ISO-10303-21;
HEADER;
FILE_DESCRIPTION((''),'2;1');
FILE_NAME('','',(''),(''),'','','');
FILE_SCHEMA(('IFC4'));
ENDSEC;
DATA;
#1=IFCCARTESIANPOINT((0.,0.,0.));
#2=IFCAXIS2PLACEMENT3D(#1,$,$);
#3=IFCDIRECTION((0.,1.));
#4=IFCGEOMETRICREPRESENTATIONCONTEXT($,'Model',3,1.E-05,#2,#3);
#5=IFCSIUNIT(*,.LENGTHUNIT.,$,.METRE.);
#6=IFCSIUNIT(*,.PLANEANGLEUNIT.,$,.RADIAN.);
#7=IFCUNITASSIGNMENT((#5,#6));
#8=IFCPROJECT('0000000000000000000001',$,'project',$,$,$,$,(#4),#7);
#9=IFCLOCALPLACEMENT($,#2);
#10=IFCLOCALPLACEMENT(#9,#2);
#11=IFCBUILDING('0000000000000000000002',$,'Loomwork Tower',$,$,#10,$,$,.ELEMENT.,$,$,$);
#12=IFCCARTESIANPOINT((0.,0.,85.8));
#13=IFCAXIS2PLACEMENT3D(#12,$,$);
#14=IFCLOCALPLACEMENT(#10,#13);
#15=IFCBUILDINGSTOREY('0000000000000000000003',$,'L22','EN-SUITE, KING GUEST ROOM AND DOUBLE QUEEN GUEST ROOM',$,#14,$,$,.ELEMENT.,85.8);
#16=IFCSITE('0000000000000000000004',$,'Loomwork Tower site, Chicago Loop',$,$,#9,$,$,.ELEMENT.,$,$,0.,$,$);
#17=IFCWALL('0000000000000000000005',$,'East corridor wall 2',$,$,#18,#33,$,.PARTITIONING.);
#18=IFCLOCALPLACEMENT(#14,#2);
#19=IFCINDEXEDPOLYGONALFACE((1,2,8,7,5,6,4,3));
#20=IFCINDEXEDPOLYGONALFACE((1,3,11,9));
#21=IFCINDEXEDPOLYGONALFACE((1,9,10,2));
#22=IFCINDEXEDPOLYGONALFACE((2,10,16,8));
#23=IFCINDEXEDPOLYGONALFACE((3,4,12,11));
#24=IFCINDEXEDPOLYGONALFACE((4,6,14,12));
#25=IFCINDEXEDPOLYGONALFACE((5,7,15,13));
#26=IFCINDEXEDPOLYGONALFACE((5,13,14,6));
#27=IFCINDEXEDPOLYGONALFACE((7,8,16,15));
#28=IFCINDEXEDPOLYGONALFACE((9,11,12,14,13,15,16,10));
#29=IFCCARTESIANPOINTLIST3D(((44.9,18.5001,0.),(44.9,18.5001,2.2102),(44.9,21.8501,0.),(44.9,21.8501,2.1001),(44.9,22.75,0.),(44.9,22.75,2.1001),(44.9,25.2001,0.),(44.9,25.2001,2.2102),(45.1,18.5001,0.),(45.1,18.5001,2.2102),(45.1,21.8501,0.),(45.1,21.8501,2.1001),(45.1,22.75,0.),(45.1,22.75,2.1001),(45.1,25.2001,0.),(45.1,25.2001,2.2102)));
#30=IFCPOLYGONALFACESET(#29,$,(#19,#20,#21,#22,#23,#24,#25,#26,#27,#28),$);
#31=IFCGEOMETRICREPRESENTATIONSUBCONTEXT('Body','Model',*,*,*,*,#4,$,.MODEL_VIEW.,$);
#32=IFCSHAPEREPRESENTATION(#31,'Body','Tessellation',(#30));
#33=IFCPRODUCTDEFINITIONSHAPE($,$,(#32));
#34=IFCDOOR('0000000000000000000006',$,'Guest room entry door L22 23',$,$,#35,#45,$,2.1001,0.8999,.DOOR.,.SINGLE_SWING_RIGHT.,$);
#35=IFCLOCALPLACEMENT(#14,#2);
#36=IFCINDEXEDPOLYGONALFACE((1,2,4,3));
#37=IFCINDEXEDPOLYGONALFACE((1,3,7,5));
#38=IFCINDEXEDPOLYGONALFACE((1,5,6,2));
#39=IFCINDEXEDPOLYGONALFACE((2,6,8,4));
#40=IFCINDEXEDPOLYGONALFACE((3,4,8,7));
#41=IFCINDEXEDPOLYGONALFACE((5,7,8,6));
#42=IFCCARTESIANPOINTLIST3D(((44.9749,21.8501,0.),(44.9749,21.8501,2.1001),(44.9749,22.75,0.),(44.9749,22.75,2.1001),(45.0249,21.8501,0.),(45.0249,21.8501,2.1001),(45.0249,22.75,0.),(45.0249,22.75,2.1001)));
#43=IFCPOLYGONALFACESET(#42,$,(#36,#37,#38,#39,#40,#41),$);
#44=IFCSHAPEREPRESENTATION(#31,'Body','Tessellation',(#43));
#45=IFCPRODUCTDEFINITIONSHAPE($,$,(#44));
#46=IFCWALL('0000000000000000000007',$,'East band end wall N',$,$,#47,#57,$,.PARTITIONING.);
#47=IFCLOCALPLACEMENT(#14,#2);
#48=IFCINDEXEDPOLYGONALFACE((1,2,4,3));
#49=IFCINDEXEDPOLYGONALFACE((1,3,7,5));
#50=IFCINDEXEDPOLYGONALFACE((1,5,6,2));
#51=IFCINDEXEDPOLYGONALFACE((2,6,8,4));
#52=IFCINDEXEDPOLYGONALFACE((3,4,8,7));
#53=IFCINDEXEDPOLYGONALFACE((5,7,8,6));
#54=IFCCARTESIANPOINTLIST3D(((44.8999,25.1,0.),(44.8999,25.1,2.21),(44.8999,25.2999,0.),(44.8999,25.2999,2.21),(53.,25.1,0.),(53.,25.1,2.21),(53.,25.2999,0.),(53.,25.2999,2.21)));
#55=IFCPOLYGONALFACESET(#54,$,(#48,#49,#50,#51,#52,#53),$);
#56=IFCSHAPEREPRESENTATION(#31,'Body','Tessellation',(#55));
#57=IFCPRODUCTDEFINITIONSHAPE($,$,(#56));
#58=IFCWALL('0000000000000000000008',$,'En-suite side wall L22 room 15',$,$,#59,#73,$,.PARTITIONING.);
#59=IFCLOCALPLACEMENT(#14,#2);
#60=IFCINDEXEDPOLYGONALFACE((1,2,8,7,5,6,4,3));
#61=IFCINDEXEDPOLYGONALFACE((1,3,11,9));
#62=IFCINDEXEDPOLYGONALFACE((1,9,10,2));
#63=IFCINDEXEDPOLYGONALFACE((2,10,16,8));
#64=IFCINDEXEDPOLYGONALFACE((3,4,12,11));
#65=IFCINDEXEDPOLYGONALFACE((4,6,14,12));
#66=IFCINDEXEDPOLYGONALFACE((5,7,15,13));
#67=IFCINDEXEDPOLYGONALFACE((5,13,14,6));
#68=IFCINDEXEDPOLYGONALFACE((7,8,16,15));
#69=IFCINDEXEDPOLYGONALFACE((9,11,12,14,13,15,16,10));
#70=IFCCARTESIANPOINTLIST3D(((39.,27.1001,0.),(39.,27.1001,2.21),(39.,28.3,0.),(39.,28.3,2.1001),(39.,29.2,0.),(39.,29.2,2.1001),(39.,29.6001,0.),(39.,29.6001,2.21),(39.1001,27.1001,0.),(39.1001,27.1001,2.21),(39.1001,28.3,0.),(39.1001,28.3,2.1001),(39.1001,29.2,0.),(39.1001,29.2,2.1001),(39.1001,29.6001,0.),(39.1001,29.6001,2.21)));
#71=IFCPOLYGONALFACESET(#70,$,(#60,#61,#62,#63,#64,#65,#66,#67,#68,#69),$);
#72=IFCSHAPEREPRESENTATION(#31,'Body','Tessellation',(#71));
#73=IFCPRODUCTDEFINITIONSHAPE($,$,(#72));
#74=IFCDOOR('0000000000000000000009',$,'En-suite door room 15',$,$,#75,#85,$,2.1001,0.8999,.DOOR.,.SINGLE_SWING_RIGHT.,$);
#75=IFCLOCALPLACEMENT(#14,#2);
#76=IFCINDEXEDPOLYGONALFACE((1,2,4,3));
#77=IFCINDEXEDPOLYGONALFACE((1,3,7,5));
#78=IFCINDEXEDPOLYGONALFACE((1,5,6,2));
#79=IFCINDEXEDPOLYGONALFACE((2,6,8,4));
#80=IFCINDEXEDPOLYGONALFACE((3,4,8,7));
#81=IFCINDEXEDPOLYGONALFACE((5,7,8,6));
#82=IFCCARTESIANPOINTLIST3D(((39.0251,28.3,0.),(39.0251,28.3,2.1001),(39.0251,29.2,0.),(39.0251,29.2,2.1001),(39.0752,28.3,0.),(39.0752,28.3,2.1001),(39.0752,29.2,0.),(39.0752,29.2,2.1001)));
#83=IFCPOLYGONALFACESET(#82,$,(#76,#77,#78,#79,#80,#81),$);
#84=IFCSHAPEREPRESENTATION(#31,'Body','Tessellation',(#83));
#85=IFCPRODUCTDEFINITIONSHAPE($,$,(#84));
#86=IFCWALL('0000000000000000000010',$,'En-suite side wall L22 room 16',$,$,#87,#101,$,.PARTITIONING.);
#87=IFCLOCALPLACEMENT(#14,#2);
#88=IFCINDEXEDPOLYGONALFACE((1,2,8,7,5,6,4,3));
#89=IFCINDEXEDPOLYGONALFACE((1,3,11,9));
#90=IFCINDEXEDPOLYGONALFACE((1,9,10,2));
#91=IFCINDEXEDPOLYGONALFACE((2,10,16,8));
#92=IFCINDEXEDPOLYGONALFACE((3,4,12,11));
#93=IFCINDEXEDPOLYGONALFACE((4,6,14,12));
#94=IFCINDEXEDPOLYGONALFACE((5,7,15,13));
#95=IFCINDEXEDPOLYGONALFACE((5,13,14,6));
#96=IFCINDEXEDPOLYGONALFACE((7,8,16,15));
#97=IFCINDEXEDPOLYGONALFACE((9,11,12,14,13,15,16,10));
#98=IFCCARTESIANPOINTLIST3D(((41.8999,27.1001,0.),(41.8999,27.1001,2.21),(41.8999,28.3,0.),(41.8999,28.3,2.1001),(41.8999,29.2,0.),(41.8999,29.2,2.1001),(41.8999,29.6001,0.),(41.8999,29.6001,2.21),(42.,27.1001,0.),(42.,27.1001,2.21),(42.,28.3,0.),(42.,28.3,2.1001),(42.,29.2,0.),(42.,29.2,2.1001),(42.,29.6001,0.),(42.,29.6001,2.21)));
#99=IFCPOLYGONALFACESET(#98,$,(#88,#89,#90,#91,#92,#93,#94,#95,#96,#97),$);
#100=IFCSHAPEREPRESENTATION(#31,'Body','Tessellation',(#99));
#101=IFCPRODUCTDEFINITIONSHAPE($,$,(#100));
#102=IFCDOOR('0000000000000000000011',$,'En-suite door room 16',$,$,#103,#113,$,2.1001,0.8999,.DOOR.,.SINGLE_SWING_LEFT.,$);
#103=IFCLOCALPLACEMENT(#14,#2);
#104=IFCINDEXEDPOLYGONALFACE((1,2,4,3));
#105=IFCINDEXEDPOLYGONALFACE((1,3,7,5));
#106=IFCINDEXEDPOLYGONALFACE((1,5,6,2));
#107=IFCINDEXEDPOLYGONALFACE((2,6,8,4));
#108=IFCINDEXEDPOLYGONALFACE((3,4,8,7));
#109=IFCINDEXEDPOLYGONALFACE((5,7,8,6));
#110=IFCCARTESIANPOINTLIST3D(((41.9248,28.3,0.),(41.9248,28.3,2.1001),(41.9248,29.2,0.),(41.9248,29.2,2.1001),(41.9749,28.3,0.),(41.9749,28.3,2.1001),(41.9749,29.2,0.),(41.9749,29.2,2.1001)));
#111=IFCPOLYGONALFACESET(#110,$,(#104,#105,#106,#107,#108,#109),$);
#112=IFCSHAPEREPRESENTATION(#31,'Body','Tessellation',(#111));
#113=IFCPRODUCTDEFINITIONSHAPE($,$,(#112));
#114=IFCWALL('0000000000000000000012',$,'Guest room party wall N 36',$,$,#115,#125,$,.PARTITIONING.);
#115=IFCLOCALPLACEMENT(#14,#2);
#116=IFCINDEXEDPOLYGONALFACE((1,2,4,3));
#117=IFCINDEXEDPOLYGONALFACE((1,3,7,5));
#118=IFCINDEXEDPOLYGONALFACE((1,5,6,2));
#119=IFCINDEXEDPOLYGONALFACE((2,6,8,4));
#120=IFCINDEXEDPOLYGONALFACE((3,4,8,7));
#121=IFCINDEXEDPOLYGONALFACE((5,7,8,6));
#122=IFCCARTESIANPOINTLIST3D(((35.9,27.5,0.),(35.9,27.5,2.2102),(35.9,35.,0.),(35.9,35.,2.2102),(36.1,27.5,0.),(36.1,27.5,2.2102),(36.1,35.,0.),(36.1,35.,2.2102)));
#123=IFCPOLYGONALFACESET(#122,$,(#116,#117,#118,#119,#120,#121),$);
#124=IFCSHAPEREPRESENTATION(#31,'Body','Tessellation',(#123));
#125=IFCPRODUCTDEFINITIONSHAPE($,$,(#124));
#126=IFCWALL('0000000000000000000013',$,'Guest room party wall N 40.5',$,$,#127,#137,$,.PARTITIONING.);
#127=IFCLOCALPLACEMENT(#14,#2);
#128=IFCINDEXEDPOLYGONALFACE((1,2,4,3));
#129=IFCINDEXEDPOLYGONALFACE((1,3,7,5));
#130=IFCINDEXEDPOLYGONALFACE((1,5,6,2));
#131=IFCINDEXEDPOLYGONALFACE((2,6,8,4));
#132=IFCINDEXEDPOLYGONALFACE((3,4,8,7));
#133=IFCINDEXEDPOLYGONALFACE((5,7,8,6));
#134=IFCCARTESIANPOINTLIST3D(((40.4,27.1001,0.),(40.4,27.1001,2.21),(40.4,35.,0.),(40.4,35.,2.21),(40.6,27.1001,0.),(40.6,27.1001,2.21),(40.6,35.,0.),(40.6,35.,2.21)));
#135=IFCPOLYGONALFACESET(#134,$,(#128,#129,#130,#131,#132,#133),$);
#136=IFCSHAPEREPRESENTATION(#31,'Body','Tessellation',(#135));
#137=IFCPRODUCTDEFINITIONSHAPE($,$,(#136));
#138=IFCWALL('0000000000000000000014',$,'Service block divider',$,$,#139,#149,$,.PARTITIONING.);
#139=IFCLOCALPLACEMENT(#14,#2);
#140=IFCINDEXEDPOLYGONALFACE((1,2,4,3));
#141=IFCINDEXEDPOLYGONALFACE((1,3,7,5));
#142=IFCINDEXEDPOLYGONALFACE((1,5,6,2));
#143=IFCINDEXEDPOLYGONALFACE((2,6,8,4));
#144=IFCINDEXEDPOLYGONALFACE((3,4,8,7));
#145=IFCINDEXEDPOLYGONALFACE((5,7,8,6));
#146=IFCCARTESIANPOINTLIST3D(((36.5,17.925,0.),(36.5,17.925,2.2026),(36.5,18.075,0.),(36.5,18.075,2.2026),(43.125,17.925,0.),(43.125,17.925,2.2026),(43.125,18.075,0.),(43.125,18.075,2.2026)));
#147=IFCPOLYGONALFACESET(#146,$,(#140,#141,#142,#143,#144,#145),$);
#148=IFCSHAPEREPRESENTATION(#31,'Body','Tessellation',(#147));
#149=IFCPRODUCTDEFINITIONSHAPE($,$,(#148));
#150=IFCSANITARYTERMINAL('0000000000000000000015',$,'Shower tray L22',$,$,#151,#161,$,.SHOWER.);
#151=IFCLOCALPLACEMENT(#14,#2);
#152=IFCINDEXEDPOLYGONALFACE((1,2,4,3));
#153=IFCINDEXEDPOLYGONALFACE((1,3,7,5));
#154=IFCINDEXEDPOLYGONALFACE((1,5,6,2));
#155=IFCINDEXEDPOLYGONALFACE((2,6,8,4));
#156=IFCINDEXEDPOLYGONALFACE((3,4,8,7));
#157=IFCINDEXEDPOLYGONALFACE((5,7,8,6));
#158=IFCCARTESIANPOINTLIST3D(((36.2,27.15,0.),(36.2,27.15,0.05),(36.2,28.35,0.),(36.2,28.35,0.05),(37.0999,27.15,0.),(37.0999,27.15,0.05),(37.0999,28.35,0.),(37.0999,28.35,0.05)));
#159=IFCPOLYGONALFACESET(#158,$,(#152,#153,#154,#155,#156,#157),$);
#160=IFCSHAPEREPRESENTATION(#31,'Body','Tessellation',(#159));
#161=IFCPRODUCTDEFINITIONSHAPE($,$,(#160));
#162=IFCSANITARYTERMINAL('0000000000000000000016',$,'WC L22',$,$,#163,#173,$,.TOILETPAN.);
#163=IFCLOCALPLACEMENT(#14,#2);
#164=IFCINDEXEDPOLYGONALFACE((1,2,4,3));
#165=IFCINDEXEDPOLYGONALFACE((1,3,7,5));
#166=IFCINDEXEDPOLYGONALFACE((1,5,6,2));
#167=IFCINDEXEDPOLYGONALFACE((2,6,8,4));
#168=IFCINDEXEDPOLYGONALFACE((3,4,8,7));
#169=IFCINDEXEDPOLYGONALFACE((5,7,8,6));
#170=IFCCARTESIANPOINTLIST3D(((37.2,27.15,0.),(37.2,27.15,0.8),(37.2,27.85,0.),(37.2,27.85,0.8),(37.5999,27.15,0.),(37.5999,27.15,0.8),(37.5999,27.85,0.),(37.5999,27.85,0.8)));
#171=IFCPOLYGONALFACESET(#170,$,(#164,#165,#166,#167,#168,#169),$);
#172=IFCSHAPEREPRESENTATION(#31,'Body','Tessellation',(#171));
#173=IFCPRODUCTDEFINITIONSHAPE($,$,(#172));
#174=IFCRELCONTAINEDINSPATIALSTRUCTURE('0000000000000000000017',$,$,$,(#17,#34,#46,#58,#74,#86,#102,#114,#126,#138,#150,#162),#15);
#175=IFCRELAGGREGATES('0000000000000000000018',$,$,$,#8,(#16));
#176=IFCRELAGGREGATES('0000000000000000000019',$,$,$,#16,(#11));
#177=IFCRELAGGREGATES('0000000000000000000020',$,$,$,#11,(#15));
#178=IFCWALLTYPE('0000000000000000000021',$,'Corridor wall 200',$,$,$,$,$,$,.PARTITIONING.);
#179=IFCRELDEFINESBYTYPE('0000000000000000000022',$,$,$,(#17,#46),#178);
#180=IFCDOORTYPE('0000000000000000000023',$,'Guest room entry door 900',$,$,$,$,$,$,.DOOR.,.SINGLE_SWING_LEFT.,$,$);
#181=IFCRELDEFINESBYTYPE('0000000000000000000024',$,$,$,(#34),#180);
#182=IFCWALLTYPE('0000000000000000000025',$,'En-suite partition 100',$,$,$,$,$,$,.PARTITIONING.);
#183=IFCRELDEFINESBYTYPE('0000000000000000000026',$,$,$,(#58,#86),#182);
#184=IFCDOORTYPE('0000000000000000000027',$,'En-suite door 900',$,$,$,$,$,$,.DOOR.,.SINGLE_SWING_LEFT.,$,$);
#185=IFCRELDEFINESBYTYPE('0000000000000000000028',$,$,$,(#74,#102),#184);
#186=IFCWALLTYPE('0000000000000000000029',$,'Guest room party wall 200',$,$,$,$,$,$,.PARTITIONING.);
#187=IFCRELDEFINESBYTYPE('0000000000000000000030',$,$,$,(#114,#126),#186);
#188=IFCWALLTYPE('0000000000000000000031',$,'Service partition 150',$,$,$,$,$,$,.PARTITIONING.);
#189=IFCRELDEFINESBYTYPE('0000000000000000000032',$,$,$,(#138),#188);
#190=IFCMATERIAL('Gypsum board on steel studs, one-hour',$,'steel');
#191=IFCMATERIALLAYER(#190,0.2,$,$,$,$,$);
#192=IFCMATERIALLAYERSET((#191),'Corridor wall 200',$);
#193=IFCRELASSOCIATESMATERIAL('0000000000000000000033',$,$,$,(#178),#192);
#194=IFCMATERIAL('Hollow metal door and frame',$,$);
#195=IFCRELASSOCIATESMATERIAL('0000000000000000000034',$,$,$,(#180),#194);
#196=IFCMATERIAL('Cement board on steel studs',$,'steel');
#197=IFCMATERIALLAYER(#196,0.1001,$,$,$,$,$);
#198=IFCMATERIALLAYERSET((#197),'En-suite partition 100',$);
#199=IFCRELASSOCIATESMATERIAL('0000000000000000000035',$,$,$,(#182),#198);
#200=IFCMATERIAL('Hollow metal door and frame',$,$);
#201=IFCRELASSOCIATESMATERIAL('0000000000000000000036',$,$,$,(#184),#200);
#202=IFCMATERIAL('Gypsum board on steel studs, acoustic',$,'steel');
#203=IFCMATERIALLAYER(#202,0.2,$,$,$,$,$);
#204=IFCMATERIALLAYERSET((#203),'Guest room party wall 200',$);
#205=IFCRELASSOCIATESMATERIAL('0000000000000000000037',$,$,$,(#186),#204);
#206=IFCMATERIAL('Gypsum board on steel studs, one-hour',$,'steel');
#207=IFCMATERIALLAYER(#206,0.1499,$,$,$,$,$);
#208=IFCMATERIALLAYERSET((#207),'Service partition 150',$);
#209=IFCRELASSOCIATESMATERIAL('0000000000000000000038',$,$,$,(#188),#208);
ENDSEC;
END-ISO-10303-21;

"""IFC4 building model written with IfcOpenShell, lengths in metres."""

from ifc_helpers import new_model, si_unit, direction, frame, frame_2d, origin, origin_2d, place, context, subcontext, project, spatial, rectangle, extrude, material, layer, layer_set, type_object, element, fill, save


model = new_model("IFC4")

# Units and contexts
model_context = context("Model", 3, precision=1e-05, world=origin(), true_north=direction((0.0, 1.0)))
body_context = subcontext(model_context, "Body", "Model", "MODEL_VIEW")
ifc_project = project(units=[si_unit("LENGTHUNIT", "METRE"), si_unit("PLANEANGLEUNIT", "RADIAN")], contexts=[model_context])

# Site, building, storey
site_placement = place(None, origin())
site = spatial("IfcSite", under=ifc_project, at=site_placement, Name="Loomwork Tower site, Chicago Loop", CompositionType="ELEMENT", RefElevation=0.0)
building_placement = place(site_placement, origin())
building = spatial("IfcBuilding", under=site, at=building_placement, Name="Loomwork Tower", CompositionType="ELEMENT")
storey_placement = place(building_placement, frame((0.0, 0.0, 85.8)))
storey = spatial("IfcBuildingStorey", under=building, at=storey_placement, Name="L22", Description="EN-SUITE, KING GUEST ROOM AND DOUBLE QUEEN GUEST ROOM", CompositionType="ELEMENT", Elevation=85.8)

# Shared definitions
ifc_material_1 = material(Name="Gypsum board on steel studs, one-hour", Category="steel")
ifc_layer_1 = layer(ifc_material_1, 0.2)
ifc_layer_set_1 = layer_set([ifc_layer_1], Name="Corridor wall 200")
wall_type_1 = type_object("IfcWallType", Name="Corridor wall 200", PredefinedType="PARTITIONING", material=ifc_layer_set_1)
ifc_material_2 = material(Name="Hollow metal door and frame")
door_type_1 = type_object("IfcDoorType", Name="Guest room entry door 900", OperationType="SINGLE_SWING_LEFT", PredefinedType="DOOR", material=ifc_material_2)

# Wall, opening, door
wall_1_placement = place(storey_placement, frame((45.0, 18.5, 0.0), z_axis=(0.0, 0.0, 1.0), x_axis=(0.0, 1.0, 0.0)))
wall_1 = element("IfcWall", 1, at=wall_1_placement, inside=storey, type_object=wall_type_1, Name="East corridor wall 2", PredefinedType="PARTITIONING", context=body_context, shape_type="SweptSolid", body=[
    extrude(rectangle(XDim=6.7, YDim=0.2, at=frame_2d((3.3501, 0.0))), origin(), (0.0, 0.0, 1.0), 2.2102),
])
opening_1_placement = place(wall_1_placement, frame((3.3501, 0.0, 0.0)))
opening_1 = element("IfcOpeningElement", 2, at=opening_1_placement, cuts=wall_1, PredefinedType="OPENING", context=body_context, shape_type="SweptSolid", body=[
    extrude(rectangle(XDim=0.8999, YDim=2.1001, at=frame_2d((0.45, 1.05))), frame((0.0, 0.1099, 0.0), z_axis=(0.0, -1.0, 0.0), x_axis=(1.0, 0.0, 0.0)), (0.0, 0.0, 1.0), 0.22),
])
door_1_placement = place(opening_1_placement, frame((0.8999, 0.0, 0.0), z_axis=(0.0, 0.0, 1.0), x_axis=(-1.0, 0.0, 0.0)))
door_1 = element("IfcDoor", 3, at=door_1_placement, inside=storey, type_object=door_type_1, Name="Guest room entry door L22 23", OperationType="SINGLE_SWING_RIGHT", OverallHeight=2.1001, OverallWidth=0.8999, PredefinedType="DOOR", context=body_context, shape_type="SweptSolid", body=[
    extrude(rectangle(XDim=0.8999, YDim=2.1001, at=frame_2d((0.45, 1.05))), frame((0.0, 0.0249, 0.0), z_axis=(0.0, -1.0, 0.0), x_axis=(1.0, 0.0, 0.0)), (0.0, 0.0, 1.0), 0.05),
])
fill(opening_1, door_1)

# Wall
wall_2_placement = place(storey_placement, frame((44.8999, 25.2, 0.0), z_axis=(0.0, 0.0, 1.0), x_axis=(1.0, 0.0, 0.0)))
element("IfcWall", 4, at=wall_2_placement, inside=storey, type_object=wall_type_1, Name="East band end wall N", PredefinedType="PARTITIONING", context=body_context, shape_type="SweptSolid", body=[
    extrude(rectangle(XDim=8.1001, YDim=0.2, at=frame_2d((4.05, 0.0))), origin(), (0.0, 0.0, 1.0), 2.21),
])

# Walls, openings, doors
ifc_material_3 = material(Name="Cement board on steel studs", Category="steel")
ifc_layer_2 = layer(ifc_material_3, 0.1001)
ifc_layer_set_2 = layer_set([ifc_layer_2], Name="En-suite partition 100")
wall_type_2 = type_object("IfcWallType", Name="En-suite partition 100", PredefinedType="PARTITIONING", material=ifc_layer_set_2)
wall_3_placement = place(storey_placement, frame((39.05, 27.1001, 0.0), z_axis=(0.0, 0.0, 1.0), x_axis=(0.0, 1.0, 0.0)))
wall_3 = element("IfcWall", 5, at=wall_3_placement, inside=storey, type_object=wall_type_2, Name="En-suite side wall L22 room 15", PredefinedType="PARTITIONING", context=body_context, shape_type="SweptSolid", body=[
    extrude(rectangle(XDim=2.5, YDim=0.1001, at=frame_2d((1.25, 0.0))), origin(), (0.0, 0.0, 1.0), 2.21),
])
opening_2_placement = place(wall_3_placement, frame((1.2, 0.0, 0.0)))
opening_2 = element("IfcOpeningElement", 6, at=opening_2_placement, cuts=wall_3, PredefinedType="OPENING", context=body_context, shape_type="SweptSolid", body=[
    extrude(rectangle(XDim=0.8999, YDim=2.1001, at=frame_2d((0.45, 1.05))), frame((0.0, 0.0601, 0.0), z_axis=(0.0, -1.0, 0.0), x_axis=(1.0, 0.0, 0.0)), (0.0, 0.0, 1.0), 0.1201),
])
ifc_material_4 = material(Name="Hollow metal door and frame")
door_type_2 = type_object("IfcDoorType", Name="En-suite door 900", OperationType="SINGLE_SWING_LEFT", PredefinedType="DOOR", material=ifc_material_4)
door_2_placement = place(opening_2_placement, origin())
door_2 = element("IfcDoor", 7, at=door_2_placement, inside=storey, type_object=door_type_2, Name="En-suite door room 15", OperationType="SINGLE_SWING_RIGHT", OverallHeight=2.1001, OverallWidth=0.8999, PredefinedType="DOOR", context=body_context, shape_type="SweptSolid", body=[
    extrude(rectangle(XDim=0.8999, YDim=2.1001, at=frame_2d((0.45, 1.05))), frame((0.0, 0.0249, 0.0), z_axis=(0.0, -1.0, 0.0), x_axis=(1.0, 0.0, 0.0)), (0.0, 0.0, 1.0), 0.05),
])
fill(opening_2, door_2)
wall_4_placement = place(storey_placement, frame((41.95, 27.1001, 0.0), z_axis=(0.0, 0.0, 1.0), x_axis=(0.0, 1.0, 0.0)))
wall_4 = element("IfcWall", 8, at=wall_4_placement, inside=storey, type_object=wall_type_2, Name="En-suite side wall L22 room 16", PredefinedType="PARTITIONING", context=body_context, shape_type="SweptSolid", body=[
    extrude(rectangle(XDim=2.5, YDim=0.1001, at=frame_2d((1.25, 0.0))), origin(), (0.0, 0.0, 1.0), 2.21),
])
opening_3_placement = place(wall_4_placement, frame((1.2, 0.0, 0.0)))
opening_3 = element("IfcOpeningElement", 9, at=opening_3_placement, cuts=wall_4, PredefinedType="OPENING", context=body_context, shape_type="SweptSolid", body=[
    extrude(rectangle(XDim=0.8999, YDim=2.1001, at=frame_2d((0.45, 1.05))), frame((0.0, 0.0601, 0.0), z_axis=(0.0, -1.0, 0.0), x_axis=(1.0, 0.0, 0.0)), (0.0, 0.0, 1.0), 0.1201),
])
door_3_placement = place(opening_3_placement, frame((0.8999, 0.0, 0.0), z_axis=(0.0, 0.0, 1.0), x_axis=(-1.0, 0.0, 0.0)))
door_3 = element("IfcDoor", 10, at=door_3_placement, inside=storey, type_object=door_type_2, Name="En-suite door room 16", OperationType="SINGLE_SWING_LEFT", OverallHeight=2.1001, OverallWidth=0.8999, PredefinedType="DOOR", context=body_context, shape_type="SweptSolid", body=[
    extrude(rectangle(XDim=0.8999, YDim=2.1001, at=frame_2d((0.45, 1.05))), frame((0.0, 0.0249, 0.0), z_axis=(0.0, -1.0, 0.0), x_axis=(1.0, 0.0, 0.0)), (0.0, 0.0, 1.0), 0.05),
])
fill(opening_3, door_3)

# Walls
ifc_material_5 = material(Name="Gypsum board on steel studs, acoustic", Category="steel")
ifc_layer_3 = layer(ifc_material_5, 0.2)
ifc_layer_set_3 = layer_set([ifc_layer_3], Name="Guest room party wall 200")
wall_type_3 = type_object("IfcWallType", Name="Guest room party wall 200", PredefinedType="PARTITIONING", material=ifc_layer_set_3)
wall_5_placement = place(storey_placement, frame((36.0, 27.5, 0.0), z_axis=(0.0, 0.0, 1.0), x_axis=(0.0, 1.0, 0.0)))
element("IfcWall", 11, at=wall_5_placement, inside=storey, type_object=wall_type_3, Name="Guest room party wall N 36", PredefinedType="PARTITIONING", context=body_context, shape_type="SweptSolid", body=[
    extrude(rectangle(XDim=7.5, YDim=0.2, at=frame_2d((3.75, 0.0))), origin(), (0.0, 0.0, 1.0), 2.2102),
])
wall_6_placement = place(storey_placement, frame((40.5, 27.1001, 0.0), z_axis=(0.0, 0.0, 1.0), x_axis=(0.0, 1.0, 0.0)))
element("IfcWall", 12, at=wall_6_placement, inside=storey, type_object=wall_type_3, Name="Guest room party wall N 40.5", PredefinedType="PARTITIONING", context=body_context, shape_type="SweptSolid", body=[
    extrude(rectangle(XDim=7.8999, YDim=0.2, at=frame_2d((3.95, 0.0))), origin(), (0.0, 0.0, 1.0), 2.21),
])
ifc_material_6 = material(Name="Gypsum board on steel studs, one-hour", Category="steel")
ifc_layer_4 = layer(ifc_material_6, 0.1499)
ifc_layer_set_4 = layer_set([ifc_layer_4], Name="Service partition 150")
wall_type_4 = type_object("IfcWallType", Name="Service partition 150", PredefinedType="PARTITIONING", material=ifc_layer_set_4)
wall_7_placement = place(storey_placement, frame((36.5, 18.0, 0.0), z_axis=(0.0, 0.0, 1.0), x_axis=(1.0, 0.0, 0.0)))
element("IfcWall", 13, at=wall_7_placement, inside=storey, type_object=wall_type_4, Name="Service block divider", PredefinedType="PARTITIONING", context=body_context, shape_type="SweptSolid", body=[
    extrude(rectangle(XDim=6.625, YDim=0.1499, at=frame_2d((3.3125, 0.0))), origin(), (0.0, 0.0, 1.0), 2.2026),
])

# Sanitary terminals
sanitary_terminal_1_placement = place(storey_placement, frame((36.6499, 27.75, 0.0), z_axis=(0.0, 0.0, 1.0), x_axis=(1.0, 0.0, 0.0)))
element("IfcSanitaryTerminal", 14, at=sanitary_terminal_1_placement, inside=storey, Name="Shower tray L22", PredefinedType="SHOWER", context=body_context, shape_type="SweptSolid", body=[
    extrude(rectangle(XDim=0.8999, YDim=1.2, at=origin_2d()), origin(), (0.0, 0.0, 1.0), 0.05),
])
sanitary_terminal_2_placement = place(storey_placement, frame((37.3999, 27.5, 0.0), z_axis=(0.0, 0.0, 1.0), x_axis=(1.0, 0.0, 0.0)))
element("IfcSanitaryTerminal", 15, at=sanitary_terminal_2_placement, inside=storey, Name="WC L22", PredefinedType="TOILETPAN", context=body_context, shape_type="SweptSolid", body=[
    extrude(rectangle(XDim=0.3999, YDim=0.7, at=origin_2d()), origin(), (0.0, 0.0, 1.0), 0.8),
])

save(model, "model.ifc")
